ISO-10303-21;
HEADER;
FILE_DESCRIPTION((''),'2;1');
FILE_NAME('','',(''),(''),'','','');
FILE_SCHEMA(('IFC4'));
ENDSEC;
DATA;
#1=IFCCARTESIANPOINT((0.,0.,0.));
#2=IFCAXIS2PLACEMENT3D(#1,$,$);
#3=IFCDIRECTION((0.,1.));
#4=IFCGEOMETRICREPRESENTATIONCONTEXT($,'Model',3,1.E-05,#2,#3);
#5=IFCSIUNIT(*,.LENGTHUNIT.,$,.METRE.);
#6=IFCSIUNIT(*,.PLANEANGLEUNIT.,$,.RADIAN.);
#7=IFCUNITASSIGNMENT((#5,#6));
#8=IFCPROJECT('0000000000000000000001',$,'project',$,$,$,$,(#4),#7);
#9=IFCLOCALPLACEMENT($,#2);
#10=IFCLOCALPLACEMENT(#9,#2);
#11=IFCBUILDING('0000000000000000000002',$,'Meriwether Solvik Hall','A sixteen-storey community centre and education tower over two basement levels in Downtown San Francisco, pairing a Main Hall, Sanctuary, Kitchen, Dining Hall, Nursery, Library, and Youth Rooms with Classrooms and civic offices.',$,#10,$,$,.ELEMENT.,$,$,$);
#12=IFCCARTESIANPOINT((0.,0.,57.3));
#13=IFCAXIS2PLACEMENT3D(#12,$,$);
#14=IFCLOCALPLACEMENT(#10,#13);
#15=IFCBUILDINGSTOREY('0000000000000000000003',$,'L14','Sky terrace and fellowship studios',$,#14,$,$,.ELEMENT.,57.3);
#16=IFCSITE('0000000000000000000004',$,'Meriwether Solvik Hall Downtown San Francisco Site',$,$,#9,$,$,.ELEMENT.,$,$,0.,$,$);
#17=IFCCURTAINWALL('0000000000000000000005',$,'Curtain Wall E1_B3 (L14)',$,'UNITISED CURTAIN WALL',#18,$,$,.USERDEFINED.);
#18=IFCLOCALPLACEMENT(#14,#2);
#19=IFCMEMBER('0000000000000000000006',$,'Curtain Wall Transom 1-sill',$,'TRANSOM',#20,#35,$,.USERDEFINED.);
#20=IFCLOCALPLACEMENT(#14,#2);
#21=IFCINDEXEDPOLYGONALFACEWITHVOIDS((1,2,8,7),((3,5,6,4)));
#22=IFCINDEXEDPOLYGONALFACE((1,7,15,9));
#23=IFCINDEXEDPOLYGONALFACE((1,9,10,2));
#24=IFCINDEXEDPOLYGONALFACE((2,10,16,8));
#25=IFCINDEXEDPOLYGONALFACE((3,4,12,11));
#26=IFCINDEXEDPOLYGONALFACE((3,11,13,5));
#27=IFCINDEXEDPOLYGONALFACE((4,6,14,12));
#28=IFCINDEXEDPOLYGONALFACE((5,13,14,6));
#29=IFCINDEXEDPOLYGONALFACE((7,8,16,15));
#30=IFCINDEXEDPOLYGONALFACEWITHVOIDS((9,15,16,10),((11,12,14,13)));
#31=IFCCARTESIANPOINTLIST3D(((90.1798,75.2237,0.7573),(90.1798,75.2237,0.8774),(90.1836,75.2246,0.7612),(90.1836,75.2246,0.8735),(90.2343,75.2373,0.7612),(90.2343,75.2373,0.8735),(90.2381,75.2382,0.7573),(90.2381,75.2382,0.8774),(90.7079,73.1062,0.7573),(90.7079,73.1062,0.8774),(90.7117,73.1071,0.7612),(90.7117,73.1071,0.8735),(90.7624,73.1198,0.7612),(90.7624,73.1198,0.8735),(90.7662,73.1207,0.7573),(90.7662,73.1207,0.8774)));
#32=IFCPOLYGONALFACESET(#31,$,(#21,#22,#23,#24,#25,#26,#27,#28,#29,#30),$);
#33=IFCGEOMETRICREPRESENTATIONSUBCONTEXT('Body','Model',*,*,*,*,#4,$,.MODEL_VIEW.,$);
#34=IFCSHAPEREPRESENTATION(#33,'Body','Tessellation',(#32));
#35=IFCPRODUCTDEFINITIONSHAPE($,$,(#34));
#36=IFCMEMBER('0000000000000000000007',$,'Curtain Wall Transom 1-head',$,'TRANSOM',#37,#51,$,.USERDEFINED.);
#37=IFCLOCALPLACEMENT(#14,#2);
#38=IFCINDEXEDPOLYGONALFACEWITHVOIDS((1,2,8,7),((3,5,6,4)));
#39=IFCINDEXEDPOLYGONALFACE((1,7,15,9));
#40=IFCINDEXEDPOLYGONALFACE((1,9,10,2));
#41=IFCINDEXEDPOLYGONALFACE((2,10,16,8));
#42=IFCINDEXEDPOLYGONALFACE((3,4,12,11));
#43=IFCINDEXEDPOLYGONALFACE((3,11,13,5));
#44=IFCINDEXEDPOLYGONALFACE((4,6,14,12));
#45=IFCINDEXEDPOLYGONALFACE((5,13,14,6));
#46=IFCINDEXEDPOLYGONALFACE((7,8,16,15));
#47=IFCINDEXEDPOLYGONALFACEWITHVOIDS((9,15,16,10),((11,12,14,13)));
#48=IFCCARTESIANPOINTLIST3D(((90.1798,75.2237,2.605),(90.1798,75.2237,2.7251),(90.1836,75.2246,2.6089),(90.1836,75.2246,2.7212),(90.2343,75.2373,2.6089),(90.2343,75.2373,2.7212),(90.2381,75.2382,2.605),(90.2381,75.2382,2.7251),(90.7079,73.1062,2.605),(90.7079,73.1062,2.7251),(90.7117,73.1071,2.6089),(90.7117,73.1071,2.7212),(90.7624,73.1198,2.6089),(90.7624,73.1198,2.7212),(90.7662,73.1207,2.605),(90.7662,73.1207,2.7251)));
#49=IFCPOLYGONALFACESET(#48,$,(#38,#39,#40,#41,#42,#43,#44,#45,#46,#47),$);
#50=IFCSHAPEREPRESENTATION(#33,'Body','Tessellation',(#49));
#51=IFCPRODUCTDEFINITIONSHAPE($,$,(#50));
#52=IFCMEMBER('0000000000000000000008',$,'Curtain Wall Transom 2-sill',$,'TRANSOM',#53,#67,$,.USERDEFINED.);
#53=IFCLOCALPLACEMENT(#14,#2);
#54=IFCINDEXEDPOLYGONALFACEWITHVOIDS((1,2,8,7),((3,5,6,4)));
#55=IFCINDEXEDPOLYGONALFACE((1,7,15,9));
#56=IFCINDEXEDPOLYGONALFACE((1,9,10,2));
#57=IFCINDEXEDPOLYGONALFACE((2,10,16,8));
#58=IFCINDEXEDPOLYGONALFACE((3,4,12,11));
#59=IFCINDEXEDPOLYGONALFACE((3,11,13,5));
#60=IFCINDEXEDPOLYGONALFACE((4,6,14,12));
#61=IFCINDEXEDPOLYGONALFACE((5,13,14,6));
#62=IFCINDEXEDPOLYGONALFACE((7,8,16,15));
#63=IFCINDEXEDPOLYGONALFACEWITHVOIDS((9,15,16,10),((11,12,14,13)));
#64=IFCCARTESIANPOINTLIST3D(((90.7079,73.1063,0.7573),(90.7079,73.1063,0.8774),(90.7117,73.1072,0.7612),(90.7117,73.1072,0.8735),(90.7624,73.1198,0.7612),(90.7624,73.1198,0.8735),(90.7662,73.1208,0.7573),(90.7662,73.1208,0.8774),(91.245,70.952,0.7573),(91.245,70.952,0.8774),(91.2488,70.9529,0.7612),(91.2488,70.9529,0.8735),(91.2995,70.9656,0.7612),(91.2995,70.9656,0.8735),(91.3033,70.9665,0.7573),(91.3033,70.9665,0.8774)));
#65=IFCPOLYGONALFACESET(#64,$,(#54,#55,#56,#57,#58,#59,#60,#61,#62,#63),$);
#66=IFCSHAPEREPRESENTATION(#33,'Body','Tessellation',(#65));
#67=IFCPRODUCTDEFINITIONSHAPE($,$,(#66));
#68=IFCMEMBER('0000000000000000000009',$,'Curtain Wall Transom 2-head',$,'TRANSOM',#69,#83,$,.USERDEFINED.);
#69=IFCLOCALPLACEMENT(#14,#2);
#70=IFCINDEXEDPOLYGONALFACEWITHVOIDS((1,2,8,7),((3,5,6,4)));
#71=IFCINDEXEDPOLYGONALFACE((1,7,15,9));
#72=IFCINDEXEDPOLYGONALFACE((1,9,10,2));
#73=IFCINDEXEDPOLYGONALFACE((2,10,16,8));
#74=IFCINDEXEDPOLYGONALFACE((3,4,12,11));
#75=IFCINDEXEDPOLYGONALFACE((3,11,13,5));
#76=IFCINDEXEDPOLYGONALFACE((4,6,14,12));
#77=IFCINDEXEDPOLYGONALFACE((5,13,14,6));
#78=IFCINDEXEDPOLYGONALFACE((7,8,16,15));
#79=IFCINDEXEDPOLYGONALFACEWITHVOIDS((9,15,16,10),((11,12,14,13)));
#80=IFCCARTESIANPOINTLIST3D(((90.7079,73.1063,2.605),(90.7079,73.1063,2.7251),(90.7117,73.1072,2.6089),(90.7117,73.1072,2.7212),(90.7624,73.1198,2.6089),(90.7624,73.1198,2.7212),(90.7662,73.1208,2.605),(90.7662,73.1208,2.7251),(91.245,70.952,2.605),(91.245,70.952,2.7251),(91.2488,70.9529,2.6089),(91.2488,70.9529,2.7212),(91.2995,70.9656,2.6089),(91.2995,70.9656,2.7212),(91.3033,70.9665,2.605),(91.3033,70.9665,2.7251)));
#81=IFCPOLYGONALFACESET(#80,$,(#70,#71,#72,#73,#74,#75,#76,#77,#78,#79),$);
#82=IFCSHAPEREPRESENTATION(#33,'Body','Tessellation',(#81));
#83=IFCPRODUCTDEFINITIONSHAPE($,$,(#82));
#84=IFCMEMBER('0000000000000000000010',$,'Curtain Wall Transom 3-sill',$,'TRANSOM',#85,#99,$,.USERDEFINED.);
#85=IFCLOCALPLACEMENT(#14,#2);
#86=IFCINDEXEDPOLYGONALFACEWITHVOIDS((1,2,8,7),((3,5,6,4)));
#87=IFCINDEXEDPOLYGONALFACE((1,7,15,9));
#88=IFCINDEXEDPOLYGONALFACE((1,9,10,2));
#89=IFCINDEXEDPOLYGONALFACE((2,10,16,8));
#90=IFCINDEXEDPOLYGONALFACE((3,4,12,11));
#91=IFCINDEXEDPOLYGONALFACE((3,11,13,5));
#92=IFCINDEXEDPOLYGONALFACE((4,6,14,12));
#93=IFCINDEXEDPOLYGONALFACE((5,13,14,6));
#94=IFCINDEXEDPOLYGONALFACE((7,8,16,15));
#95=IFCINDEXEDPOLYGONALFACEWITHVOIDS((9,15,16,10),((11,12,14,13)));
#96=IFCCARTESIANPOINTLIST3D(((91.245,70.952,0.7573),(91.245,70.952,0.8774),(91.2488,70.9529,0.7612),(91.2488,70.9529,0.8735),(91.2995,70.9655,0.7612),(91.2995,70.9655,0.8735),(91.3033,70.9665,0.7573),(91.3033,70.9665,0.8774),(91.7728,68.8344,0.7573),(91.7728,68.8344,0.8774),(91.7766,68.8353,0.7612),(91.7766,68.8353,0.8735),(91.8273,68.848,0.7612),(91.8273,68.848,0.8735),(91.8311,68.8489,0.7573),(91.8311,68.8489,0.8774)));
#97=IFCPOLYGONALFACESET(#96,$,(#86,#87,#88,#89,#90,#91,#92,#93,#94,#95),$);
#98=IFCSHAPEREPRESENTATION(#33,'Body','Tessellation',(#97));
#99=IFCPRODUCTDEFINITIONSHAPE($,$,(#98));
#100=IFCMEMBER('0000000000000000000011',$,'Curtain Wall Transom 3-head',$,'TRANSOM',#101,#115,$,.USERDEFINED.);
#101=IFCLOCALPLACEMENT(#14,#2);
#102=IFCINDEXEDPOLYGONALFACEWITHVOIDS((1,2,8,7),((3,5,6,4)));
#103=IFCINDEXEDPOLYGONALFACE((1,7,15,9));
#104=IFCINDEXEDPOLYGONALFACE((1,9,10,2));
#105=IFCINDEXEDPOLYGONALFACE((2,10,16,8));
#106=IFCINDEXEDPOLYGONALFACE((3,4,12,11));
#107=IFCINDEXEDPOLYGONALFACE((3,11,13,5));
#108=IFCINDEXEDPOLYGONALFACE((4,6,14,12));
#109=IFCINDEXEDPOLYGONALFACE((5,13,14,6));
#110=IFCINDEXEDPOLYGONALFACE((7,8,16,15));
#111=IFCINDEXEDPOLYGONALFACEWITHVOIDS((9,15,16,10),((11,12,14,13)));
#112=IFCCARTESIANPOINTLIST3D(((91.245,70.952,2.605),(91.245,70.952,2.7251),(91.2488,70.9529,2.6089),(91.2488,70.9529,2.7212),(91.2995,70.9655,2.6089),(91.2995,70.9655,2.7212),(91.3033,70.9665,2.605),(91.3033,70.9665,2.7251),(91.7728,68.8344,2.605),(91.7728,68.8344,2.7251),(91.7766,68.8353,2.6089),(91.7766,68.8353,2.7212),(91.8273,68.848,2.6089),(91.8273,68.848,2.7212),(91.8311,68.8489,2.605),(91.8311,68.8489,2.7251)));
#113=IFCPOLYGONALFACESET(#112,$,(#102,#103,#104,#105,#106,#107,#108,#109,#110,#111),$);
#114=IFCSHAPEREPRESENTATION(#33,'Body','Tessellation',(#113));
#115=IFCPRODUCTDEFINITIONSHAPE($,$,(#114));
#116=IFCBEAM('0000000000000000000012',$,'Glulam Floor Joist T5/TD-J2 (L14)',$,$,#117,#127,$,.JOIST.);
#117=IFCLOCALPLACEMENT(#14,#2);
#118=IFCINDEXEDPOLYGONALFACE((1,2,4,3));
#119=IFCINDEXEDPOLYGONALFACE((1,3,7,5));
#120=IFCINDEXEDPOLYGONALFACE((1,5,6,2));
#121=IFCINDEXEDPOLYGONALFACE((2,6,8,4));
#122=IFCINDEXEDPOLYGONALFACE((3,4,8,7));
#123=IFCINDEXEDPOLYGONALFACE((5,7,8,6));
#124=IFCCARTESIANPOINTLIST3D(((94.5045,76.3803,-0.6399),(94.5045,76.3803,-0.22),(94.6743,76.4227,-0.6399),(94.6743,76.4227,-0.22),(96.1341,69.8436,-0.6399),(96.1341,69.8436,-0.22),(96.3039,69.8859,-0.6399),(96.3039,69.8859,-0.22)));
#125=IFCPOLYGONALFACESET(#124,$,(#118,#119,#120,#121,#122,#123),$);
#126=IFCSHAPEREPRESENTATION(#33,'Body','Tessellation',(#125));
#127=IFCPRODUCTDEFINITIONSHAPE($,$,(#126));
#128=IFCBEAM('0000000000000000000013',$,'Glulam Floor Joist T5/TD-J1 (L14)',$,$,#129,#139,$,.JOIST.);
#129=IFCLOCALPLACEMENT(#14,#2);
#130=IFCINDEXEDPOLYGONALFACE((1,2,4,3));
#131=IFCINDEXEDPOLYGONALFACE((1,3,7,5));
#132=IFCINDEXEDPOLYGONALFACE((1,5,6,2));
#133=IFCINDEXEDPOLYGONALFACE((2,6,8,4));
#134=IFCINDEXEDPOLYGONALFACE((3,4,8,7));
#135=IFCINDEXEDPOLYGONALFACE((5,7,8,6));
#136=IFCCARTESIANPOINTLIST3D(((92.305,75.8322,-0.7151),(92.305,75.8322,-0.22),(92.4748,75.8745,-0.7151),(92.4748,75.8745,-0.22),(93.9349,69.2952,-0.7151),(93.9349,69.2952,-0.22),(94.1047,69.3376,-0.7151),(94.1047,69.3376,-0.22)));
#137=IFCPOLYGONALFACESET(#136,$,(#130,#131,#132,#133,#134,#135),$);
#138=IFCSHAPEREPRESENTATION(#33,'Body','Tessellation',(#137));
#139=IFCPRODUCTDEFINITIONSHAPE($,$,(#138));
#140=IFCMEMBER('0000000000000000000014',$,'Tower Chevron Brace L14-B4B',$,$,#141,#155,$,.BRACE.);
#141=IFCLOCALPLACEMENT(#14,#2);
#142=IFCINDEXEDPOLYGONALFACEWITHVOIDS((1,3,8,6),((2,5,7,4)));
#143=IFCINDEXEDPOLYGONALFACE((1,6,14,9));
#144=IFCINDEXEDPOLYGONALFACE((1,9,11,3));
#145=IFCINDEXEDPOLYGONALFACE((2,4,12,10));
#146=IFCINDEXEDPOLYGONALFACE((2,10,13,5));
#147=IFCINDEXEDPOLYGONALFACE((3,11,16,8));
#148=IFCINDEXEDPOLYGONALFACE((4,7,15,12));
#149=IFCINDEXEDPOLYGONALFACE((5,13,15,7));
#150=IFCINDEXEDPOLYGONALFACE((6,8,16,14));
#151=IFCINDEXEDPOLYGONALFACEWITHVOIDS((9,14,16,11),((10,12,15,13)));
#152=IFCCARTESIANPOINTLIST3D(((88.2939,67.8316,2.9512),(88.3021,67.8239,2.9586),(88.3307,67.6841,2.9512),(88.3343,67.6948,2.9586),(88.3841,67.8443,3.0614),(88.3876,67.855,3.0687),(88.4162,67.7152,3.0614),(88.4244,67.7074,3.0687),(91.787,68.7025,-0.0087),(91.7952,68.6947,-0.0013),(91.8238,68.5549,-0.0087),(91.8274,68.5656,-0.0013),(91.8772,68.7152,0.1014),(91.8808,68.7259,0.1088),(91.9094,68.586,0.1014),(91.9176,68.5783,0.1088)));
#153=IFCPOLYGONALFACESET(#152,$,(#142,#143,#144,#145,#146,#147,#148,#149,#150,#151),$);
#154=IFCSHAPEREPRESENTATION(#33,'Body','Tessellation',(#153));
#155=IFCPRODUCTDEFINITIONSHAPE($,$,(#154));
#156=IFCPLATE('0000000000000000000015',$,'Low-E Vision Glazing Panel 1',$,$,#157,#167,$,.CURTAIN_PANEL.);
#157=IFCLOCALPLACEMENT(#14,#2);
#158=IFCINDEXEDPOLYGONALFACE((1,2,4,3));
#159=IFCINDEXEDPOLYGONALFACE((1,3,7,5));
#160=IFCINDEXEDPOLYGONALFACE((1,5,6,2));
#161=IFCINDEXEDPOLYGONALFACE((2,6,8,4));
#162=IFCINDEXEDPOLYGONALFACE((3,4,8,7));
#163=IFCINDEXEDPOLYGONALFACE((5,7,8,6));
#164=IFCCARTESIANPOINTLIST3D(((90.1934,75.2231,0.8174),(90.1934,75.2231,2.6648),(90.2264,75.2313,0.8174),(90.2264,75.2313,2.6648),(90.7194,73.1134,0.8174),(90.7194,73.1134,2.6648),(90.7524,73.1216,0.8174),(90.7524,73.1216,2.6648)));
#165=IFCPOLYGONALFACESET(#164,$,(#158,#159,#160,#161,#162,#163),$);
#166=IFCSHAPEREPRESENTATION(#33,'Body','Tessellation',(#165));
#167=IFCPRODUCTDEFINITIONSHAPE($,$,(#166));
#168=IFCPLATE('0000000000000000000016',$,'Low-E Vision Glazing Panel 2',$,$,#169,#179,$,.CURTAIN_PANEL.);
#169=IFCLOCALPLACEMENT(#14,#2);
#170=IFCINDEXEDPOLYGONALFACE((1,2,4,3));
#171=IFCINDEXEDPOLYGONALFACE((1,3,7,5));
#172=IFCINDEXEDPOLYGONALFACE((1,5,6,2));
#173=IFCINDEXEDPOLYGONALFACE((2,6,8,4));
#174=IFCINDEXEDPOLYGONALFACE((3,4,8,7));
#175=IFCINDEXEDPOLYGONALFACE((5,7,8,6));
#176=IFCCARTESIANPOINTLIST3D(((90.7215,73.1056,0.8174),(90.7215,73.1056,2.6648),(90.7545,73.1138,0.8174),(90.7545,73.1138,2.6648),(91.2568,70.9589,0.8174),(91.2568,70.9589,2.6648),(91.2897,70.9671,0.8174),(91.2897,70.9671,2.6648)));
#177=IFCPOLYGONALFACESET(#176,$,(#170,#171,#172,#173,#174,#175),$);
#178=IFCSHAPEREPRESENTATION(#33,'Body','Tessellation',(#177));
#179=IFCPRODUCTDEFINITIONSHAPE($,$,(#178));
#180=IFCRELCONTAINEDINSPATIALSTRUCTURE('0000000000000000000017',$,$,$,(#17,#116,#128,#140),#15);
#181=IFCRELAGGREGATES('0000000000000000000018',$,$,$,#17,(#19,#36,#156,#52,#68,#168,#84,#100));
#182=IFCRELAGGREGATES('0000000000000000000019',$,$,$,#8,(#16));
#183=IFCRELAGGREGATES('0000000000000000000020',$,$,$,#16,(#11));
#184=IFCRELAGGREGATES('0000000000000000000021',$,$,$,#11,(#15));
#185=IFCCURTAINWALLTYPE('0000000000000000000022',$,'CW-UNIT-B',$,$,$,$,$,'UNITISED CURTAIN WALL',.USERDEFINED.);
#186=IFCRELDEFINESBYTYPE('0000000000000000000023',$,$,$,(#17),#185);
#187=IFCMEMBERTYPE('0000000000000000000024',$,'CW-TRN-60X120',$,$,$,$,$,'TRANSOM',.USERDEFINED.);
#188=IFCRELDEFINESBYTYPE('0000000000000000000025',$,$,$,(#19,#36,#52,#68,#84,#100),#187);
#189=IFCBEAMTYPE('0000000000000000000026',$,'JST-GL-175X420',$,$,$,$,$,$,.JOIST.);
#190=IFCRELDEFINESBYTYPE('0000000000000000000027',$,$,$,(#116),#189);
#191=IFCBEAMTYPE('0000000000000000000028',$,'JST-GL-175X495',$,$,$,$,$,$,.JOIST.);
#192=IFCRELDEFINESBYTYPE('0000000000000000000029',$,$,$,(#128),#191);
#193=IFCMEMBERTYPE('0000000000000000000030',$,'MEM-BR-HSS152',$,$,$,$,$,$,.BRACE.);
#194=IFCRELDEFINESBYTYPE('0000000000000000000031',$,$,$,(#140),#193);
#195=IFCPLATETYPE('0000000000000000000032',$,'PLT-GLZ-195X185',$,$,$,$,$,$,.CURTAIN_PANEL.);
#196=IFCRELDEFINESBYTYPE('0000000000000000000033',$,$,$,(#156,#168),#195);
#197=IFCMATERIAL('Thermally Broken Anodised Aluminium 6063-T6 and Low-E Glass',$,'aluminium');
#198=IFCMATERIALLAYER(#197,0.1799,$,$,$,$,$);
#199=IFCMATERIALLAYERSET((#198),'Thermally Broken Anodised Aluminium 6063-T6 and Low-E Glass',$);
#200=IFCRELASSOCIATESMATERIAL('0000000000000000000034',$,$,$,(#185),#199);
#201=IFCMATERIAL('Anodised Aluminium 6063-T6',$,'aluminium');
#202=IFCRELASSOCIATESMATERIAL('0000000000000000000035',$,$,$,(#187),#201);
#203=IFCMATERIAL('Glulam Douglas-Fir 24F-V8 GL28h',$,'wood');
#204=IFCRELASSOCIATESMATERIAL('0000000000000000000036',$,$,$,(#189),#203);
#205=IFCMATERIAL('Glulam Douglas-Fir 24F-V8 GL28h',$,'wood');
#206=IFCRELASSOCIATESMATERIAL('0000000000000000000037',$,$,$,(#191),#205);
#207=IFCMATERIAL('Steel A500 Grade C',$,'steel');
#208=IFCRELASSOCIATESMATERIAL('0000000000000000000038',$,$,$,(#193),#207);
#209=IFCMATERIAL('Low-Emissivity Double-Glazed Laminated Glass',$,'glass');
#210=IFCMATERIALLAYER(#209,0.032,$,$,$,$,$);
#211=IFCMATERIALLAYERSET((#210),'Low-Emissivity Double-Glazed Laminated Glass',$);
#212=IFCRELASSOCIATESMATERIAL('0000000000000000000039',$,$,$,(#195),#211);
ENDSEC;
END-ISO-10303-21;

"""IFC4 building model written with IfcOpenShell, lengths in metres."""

from ifc_helpers import new_model, si_unit, direction, frame, origin, origin_2d, place, context, subcontext, project, spatial, rectangle, hollow_rectangle, extrude, material, layer, layer_set, material_profile, profile_set, type_object, element, aggregate, save


model = new_model("IFC4")

# Units and contexts
model_context = context("Model", 3, precision=1e-05, world=origin(), true_north=direction((0.0, 1.0)))
body_context = subcontext(model_context, "Body", "Model", "MODEL_VIEW")
ifc_project = project(units=[si_unit("LENGTHUNIT", "METRE"), si_unit("PLANEANGLEUNIT", "RADIAN")], contexts=[model_context])

# Site, building, storey
site_placement = place(None, origin())
site = spatial("IfcSite", under=ifc_project, at=site_placement, Name="Meriwether Solvik Hall Downtown San Francisco Site", CompositionType="ELEMENT", RefElevation=0.0)
building_placement = place(site_placement, origin())
building = spatial("IfcBuilding", under=site, at=building_placement, Name="Meriwether Solvik Hall", Description="A sixteen-storey community centre and education tower over two basement levels in Downtown San Francisco, pairing a Main Hall, Sanctuary, Kitchen, Dining Hall, Nursery, Library, and Youth Rooms with Classrooms and civic offices.", CompositionType="ELEMENT")
storey_placement = place(building_placement, frame((0.0, 0.0, 57.3)))
storey = spatial("IfcBuildingStorey", under=building, at=storey_placement, Name="L14", Description="Sky terrace and fellowship studios", CompositionType="ELEMENT", Elevation=57.3)

# Curtain wall
ifc_material_1 = material(Name="Thermally Broken Anodised Aluminium 6063-T6 and Low-E Glass", Category="aluminium")
ifc_layer_1 = layer(ifc_material_1, 0.1799)
ifc_layer_set_1 = layer_set([ifc_layer_1], Name="Thermally Broken Anodised Aluminium 6063-T6 and Low-E Glass")
curtain_wall_type_1 = type_object("IfcCurtainWallType", Name="CW-UNIT-B", ElementType="UNITISED CURTAIN WALL", PredefinedType="USERDEFINED", material=ifc_layer_set_1)
curtain_wall_1_placement = place(storey_placement, origin())
curtain_wall_1 = element("IfcCurtainWall", 1, at=curtain_wall_1_placement, inside=storey, type_object=curtain_wall_type_1, Name="Curtain Wall E1_B3 (L14)", ObjectType="UNITISED CURTAIN WALL", PredefinedType="USERDEFINED")

# Members
ifc_material_2 = material(Name="Anodised Aluminium 6063-T6", Category="aluminium")
ifc_material_profile_1 = material_profile(ifc_material_2, hollow_rectangle(XDim=0.0601, YDim=0.1201, WallThickness=0.0039, at=origin_2d()), Name="CWT-60X120")
ifc_profile_set_1 = profile_set([ifc_material_profile_1], Name="Anodised Aluminium 6063-T6")
member_type_1 = type_object("IfcMemberType", Name="CW-TRN-60X120", ElementType="TRANSOM", PredefinedType="USERDEFINED", material=ifc_profile_set_1)
member_1_placement = place(storey_placement, frame((90.209, 75.231, 0.8174), z_axis=(0.241983, -0.970281, 0.0), x_axis=(0.970281, 0.241983, 0.0)))
member_1 = element("IfcMember", 2, at=member_1_placement, type_object=member_type_1, Name="Curtain Wall Transom 1-sill", ObjectType="TRANSOM", PredefinedType="USERDEFINED", context=body_context, shape_type="SweptSolid", body=[
    extrude(hollow_rectangle(XDim=0.0601, YDim=0.1201, WallThickness=0.0039, at=origin_2d()), origin(), (0.0, 0.0, 1.0), 2.1824),
])
member_2_placement = place(storey_placement, frame((90.209, 75.231, 2.665), z_axis=(0.241983, -0.970281, 0.0), x_axis=(0.970281, 0.241983, 0.0)))
member_2 = element("IfcMember", 3, at=member_2_placement, type_object=member_type_1, Name="Curtain Wall Transom 1-head", ObjectType="TRANSOM", PredefinedType="USERDEFINED", context=body_context, shape_type="SweptSolid", body=[
    extrude(hollow_rectangle(XDim=0.0601, YDim=0.1201, WallThickness=0.0039, at=origin_2d()), origin(), (0.0, 0.0, 1.0), 2.1824),
])
member_3_placement = place(storey_placement, frame((90.7371, 73.1135, 0.8174), z_axis=(0.241915, -0.970298, 0.0), x_axis=(0.970298, 0.241915, 0.0)))
member_3 = element("IfcMember", 4, at=member_3_placement, type_object=member_type_1, Name="Curtain Wall Transom 2-sill", ObjectType="TRANSOM", PredefinedType="USERDEFINED", context=body_context, shape_type="SweptSolid", body=[
    extrude(hollow_rectangle(XDim=0.0601, YDim=0.1201, WallThickness=0.0039, at=origin_2d()), origin(), (0.0, 0.0, 1.0), 2.2202),
])
member_4_placement = place(storey_placement, frame((90.7371, 73.1135, 2.665), z_axis=(0.241915, -0.970298, 0.0), x_axis=(0.970298, 0.241915, 0.0)))
member_4 = element("IfcMember", 5, at=member_4_placement, type_object=member_type_1, Name="Curtain Wall Transom 2-head", ObjectType="TRANSOM", PredefinedType="USERDEFINED", context=body_context, shape_type="SweptSolid", body=[
    extrude(hollow_rectangle(XDim=0.0601, YDim=0.1201, WallThickness=0.0039, at=origin_2d()), origin(), (0.0, 0.0, 1.0), 2.2202),
])
member_5_placement = place(storey_placement, frame((91.2742, 70.9592, 0.8174), z_axis=(0.241851, -0.970313, 0.0), x_axis=(0.970313, 0.241851, 0.0)))
member_5 = element("IfcMember", 6, at=member_5_placement, type_object=member_type_1, Name="Curtain Wall Transom 3-sill", ObjectType="TRANSOM", PredefinedType="USERDEFINED", context=body_context, shape_type="SweptSolid", body=[
    extrude(hollow_rectangle(XDim=0.0601, YDim=0.1201, WallThickness=0.0039, at=origin_2d()), origin(), (0.0, 0.0, 1.0), 2.1824),
])
member_6_placement = place(storey_placement, frame((91.2742, 70.9592, 2.665), z_axis=(0.241851, -0.970313, 0.0), x_axis=(0.970313, 0.241851, 0.0)))
member_6 = element("IfcMember", 7, at=member_6_placement, type_object=member_type_1, Name="Curtain Wall Transom 3-head", ObjectType="TRANSOM", PredefinedType="USERDEFINED", context=body_context, shape_type="SweptSolid", body=[
    extrude(hollow_rectangle(XDim=0.0601, YDim=0.1201, WallThickness=0.0039, at=origin_2d()), origin(), (0.0, 0.0, 1.0), 2.1824),
])

# Beams
ifc_material_3 = material(Name="Glulam Douglas-Fir 24F-V8 GL28h", Category="wood")
ifc_material_profile_2 = material_profile(ifc_material_3, rectangle(XDim=0.175, YDim=0.4199, at=origin_2d()), Name="GLJ-175X420")
ifc_profile_set_2 = profile_set([ifc_material_profile_2], Name="Glulam Douglas-Fir 24F-V8 GL28h")
beam_type_1 = type_object("IfcBeamType", Name="JST-GL-175X420", PredefinedType="JOIST", material=ifc_profile_set_2)
beam_1_placement = place(storey_placement, frame((96.219, 69.8647, -0.4299), z_axis=(-0.241896, 0.970302, 0.0), x_axis=(-0.970302, -0.241896, 0.0)))
element("IfcBeam", 8, at=beam_1_placement, inside=storey, type_object=beam_type_1, Name="Glulam Floor Joist T5/TD-J2 (L14)", PredefinedType="JOIST", context=body_context, shape_type="SweptSolid", body=[
    extrude(rectangle(XDim=0.175, YDim=0.4199, at=origin_2d()), origin(), (0.0, 0.0, 1.0), 6.7368),
])
ifc_material_4 = material(Name="Glulam Douglas-Fir 24F-V8 GL28h", Category="wood")
ifc_material_profile_3 = material_profile(ifc_material_4, rectangle(XDim=0.175, YDim=0.4951, at=origin_2d()), Name="GLJ-175X495")
ifc_profile_set_3 = profile_set([ifc_material_profile_3], Name="Glulam Douglas-Fir 24F-V8 GL28h")
beam_type_2 = type_object("IfcBeamType", Name="JST-GL-175X495", PredefinedType="JOIST", material=ifc_profile_set_3)
beam_2_placement = place(storey_placement, frame((94.0198, 69.3164, -0.4675), z_axis=(-0.24193, 0.970294, 0.0), x_axis=(-0.970294, -0.24193, 0.0)))
element("IfcBeam", 9, at=beam_2_placement, inside=storey, type_object=beam_type_2, Name="Glulam Floor Joist T5/TD-J1 (L14)", PredefinedType="JOIST", context=body_context, shape_type="SweptSolid", body=[
    extrude(rectangle(XDim=0.175, YDim=0.4951, at=origin_2d()), origin(), (0.0, 0.0, 1.0), 6.7371),
])

# Member
ifc_material_5 = material(Name="Steel A500 Grade C", Category="steel")
ifc_material_profile_4 = material_profile(ifc_material_5, hollow_rectangle(XDim=0.1521, YDim=0.1521, WallThickness=0.0095, at=origin_2d()), Name="HSS152X152X9.5")
ifc_profile_set_4 = profile_set([ifc_material_profile_4], Name="Steel A500 Grade C")
member_type_2 = type_object("IfcMemberType", Name="MEM-BR-HSS152", PredefinedType="BRACE", material=ifc_profile_set_4)
member_7_placement = place(storey_placement, frame((91.8523, 68.6404, 0.05), z_axis=(-0.749497, -0.18685, 0.635092), x_axis=(0.241897, -0.970302, 0.0)))
element("IfcMember", 10, at=member_7_placement, inside=storey, type_object=member_type_2, Name="Tower Chevron Brace L14-B4B", PredefinedType="BRACE", context=body_context, shape_type="SweptSolid", body=[
    extrude(hollow_rectangle(XDim=0.1521, YDim=0.1521, WallThickness=0.0095, at=origin_2d()), origin(), (0.0, 0.0, 1.0), 4.6606),
])

# Plates
ifc_material_6 = material(Name="Low-Emissivity Double-Glazed Laminated Glass", Category="glass")
ifc_layer_2 = layer(ifc_material_6, 0.032)
ifc_layer_set_2 = layer_set([ifc_layer_2], Name="Low-Emissivity Double-Glazed Laminated Glass")
plate_type_1 = type_object("IfcPlateType", Name="PLT-GLZ-195X185", PredefinedType="CURTAIN_PANEL", material=ifc_layer_set_2)
plate_1_placement = place(storey_placement, frame((90.4729, 74.1724, 0.8174), z_axis=(0.0, 0.0, 1.0), x_axis=(0.241922, -0.970296, 0.0)))
plate_1 = element("IfcPlate", 11, at=plate_1_placement, type_object=plate_type_1, Name="Low-E Vision Glazing Panel 1", PredefinedType="CURTAIN_PANEL", context=body_context, shape_type="SweptSolid", body=[
    extrude(rectangle(XDim=2.1743, YDim=0.0339, at=origin_2d()), origin(), (0.0, 0.0, 1.0), 1.8474),
])
plate_2_placement = place(storey_placement, frame((91.0056, 72.0364, 0.8174), z_axis=(0.0, 0.0, 1.0), x_axis=(0.241922, -0.970296, 0.0)))
plate_2 = element("IfcPlate", 12, at=plate_2_placement, type_object=plate_type_1, Name="Low-E Vision Glazing Panel 2", PredefinedType="CURTAIN_PANEL", context=body_context, shape_type="SweptSolid", body=[
    extrude(rectangle(XDim=2.2124, YDim=0.0339, at=origin_2d()), origin(), (0.0, 0.0, 1.0), 1.8474),
])
aggregate(curtain_wall_1, [member_1, member_2, plate_1, member_3, member_4, plate_2, member_5, member_6])

save(model, "model.ifc")
